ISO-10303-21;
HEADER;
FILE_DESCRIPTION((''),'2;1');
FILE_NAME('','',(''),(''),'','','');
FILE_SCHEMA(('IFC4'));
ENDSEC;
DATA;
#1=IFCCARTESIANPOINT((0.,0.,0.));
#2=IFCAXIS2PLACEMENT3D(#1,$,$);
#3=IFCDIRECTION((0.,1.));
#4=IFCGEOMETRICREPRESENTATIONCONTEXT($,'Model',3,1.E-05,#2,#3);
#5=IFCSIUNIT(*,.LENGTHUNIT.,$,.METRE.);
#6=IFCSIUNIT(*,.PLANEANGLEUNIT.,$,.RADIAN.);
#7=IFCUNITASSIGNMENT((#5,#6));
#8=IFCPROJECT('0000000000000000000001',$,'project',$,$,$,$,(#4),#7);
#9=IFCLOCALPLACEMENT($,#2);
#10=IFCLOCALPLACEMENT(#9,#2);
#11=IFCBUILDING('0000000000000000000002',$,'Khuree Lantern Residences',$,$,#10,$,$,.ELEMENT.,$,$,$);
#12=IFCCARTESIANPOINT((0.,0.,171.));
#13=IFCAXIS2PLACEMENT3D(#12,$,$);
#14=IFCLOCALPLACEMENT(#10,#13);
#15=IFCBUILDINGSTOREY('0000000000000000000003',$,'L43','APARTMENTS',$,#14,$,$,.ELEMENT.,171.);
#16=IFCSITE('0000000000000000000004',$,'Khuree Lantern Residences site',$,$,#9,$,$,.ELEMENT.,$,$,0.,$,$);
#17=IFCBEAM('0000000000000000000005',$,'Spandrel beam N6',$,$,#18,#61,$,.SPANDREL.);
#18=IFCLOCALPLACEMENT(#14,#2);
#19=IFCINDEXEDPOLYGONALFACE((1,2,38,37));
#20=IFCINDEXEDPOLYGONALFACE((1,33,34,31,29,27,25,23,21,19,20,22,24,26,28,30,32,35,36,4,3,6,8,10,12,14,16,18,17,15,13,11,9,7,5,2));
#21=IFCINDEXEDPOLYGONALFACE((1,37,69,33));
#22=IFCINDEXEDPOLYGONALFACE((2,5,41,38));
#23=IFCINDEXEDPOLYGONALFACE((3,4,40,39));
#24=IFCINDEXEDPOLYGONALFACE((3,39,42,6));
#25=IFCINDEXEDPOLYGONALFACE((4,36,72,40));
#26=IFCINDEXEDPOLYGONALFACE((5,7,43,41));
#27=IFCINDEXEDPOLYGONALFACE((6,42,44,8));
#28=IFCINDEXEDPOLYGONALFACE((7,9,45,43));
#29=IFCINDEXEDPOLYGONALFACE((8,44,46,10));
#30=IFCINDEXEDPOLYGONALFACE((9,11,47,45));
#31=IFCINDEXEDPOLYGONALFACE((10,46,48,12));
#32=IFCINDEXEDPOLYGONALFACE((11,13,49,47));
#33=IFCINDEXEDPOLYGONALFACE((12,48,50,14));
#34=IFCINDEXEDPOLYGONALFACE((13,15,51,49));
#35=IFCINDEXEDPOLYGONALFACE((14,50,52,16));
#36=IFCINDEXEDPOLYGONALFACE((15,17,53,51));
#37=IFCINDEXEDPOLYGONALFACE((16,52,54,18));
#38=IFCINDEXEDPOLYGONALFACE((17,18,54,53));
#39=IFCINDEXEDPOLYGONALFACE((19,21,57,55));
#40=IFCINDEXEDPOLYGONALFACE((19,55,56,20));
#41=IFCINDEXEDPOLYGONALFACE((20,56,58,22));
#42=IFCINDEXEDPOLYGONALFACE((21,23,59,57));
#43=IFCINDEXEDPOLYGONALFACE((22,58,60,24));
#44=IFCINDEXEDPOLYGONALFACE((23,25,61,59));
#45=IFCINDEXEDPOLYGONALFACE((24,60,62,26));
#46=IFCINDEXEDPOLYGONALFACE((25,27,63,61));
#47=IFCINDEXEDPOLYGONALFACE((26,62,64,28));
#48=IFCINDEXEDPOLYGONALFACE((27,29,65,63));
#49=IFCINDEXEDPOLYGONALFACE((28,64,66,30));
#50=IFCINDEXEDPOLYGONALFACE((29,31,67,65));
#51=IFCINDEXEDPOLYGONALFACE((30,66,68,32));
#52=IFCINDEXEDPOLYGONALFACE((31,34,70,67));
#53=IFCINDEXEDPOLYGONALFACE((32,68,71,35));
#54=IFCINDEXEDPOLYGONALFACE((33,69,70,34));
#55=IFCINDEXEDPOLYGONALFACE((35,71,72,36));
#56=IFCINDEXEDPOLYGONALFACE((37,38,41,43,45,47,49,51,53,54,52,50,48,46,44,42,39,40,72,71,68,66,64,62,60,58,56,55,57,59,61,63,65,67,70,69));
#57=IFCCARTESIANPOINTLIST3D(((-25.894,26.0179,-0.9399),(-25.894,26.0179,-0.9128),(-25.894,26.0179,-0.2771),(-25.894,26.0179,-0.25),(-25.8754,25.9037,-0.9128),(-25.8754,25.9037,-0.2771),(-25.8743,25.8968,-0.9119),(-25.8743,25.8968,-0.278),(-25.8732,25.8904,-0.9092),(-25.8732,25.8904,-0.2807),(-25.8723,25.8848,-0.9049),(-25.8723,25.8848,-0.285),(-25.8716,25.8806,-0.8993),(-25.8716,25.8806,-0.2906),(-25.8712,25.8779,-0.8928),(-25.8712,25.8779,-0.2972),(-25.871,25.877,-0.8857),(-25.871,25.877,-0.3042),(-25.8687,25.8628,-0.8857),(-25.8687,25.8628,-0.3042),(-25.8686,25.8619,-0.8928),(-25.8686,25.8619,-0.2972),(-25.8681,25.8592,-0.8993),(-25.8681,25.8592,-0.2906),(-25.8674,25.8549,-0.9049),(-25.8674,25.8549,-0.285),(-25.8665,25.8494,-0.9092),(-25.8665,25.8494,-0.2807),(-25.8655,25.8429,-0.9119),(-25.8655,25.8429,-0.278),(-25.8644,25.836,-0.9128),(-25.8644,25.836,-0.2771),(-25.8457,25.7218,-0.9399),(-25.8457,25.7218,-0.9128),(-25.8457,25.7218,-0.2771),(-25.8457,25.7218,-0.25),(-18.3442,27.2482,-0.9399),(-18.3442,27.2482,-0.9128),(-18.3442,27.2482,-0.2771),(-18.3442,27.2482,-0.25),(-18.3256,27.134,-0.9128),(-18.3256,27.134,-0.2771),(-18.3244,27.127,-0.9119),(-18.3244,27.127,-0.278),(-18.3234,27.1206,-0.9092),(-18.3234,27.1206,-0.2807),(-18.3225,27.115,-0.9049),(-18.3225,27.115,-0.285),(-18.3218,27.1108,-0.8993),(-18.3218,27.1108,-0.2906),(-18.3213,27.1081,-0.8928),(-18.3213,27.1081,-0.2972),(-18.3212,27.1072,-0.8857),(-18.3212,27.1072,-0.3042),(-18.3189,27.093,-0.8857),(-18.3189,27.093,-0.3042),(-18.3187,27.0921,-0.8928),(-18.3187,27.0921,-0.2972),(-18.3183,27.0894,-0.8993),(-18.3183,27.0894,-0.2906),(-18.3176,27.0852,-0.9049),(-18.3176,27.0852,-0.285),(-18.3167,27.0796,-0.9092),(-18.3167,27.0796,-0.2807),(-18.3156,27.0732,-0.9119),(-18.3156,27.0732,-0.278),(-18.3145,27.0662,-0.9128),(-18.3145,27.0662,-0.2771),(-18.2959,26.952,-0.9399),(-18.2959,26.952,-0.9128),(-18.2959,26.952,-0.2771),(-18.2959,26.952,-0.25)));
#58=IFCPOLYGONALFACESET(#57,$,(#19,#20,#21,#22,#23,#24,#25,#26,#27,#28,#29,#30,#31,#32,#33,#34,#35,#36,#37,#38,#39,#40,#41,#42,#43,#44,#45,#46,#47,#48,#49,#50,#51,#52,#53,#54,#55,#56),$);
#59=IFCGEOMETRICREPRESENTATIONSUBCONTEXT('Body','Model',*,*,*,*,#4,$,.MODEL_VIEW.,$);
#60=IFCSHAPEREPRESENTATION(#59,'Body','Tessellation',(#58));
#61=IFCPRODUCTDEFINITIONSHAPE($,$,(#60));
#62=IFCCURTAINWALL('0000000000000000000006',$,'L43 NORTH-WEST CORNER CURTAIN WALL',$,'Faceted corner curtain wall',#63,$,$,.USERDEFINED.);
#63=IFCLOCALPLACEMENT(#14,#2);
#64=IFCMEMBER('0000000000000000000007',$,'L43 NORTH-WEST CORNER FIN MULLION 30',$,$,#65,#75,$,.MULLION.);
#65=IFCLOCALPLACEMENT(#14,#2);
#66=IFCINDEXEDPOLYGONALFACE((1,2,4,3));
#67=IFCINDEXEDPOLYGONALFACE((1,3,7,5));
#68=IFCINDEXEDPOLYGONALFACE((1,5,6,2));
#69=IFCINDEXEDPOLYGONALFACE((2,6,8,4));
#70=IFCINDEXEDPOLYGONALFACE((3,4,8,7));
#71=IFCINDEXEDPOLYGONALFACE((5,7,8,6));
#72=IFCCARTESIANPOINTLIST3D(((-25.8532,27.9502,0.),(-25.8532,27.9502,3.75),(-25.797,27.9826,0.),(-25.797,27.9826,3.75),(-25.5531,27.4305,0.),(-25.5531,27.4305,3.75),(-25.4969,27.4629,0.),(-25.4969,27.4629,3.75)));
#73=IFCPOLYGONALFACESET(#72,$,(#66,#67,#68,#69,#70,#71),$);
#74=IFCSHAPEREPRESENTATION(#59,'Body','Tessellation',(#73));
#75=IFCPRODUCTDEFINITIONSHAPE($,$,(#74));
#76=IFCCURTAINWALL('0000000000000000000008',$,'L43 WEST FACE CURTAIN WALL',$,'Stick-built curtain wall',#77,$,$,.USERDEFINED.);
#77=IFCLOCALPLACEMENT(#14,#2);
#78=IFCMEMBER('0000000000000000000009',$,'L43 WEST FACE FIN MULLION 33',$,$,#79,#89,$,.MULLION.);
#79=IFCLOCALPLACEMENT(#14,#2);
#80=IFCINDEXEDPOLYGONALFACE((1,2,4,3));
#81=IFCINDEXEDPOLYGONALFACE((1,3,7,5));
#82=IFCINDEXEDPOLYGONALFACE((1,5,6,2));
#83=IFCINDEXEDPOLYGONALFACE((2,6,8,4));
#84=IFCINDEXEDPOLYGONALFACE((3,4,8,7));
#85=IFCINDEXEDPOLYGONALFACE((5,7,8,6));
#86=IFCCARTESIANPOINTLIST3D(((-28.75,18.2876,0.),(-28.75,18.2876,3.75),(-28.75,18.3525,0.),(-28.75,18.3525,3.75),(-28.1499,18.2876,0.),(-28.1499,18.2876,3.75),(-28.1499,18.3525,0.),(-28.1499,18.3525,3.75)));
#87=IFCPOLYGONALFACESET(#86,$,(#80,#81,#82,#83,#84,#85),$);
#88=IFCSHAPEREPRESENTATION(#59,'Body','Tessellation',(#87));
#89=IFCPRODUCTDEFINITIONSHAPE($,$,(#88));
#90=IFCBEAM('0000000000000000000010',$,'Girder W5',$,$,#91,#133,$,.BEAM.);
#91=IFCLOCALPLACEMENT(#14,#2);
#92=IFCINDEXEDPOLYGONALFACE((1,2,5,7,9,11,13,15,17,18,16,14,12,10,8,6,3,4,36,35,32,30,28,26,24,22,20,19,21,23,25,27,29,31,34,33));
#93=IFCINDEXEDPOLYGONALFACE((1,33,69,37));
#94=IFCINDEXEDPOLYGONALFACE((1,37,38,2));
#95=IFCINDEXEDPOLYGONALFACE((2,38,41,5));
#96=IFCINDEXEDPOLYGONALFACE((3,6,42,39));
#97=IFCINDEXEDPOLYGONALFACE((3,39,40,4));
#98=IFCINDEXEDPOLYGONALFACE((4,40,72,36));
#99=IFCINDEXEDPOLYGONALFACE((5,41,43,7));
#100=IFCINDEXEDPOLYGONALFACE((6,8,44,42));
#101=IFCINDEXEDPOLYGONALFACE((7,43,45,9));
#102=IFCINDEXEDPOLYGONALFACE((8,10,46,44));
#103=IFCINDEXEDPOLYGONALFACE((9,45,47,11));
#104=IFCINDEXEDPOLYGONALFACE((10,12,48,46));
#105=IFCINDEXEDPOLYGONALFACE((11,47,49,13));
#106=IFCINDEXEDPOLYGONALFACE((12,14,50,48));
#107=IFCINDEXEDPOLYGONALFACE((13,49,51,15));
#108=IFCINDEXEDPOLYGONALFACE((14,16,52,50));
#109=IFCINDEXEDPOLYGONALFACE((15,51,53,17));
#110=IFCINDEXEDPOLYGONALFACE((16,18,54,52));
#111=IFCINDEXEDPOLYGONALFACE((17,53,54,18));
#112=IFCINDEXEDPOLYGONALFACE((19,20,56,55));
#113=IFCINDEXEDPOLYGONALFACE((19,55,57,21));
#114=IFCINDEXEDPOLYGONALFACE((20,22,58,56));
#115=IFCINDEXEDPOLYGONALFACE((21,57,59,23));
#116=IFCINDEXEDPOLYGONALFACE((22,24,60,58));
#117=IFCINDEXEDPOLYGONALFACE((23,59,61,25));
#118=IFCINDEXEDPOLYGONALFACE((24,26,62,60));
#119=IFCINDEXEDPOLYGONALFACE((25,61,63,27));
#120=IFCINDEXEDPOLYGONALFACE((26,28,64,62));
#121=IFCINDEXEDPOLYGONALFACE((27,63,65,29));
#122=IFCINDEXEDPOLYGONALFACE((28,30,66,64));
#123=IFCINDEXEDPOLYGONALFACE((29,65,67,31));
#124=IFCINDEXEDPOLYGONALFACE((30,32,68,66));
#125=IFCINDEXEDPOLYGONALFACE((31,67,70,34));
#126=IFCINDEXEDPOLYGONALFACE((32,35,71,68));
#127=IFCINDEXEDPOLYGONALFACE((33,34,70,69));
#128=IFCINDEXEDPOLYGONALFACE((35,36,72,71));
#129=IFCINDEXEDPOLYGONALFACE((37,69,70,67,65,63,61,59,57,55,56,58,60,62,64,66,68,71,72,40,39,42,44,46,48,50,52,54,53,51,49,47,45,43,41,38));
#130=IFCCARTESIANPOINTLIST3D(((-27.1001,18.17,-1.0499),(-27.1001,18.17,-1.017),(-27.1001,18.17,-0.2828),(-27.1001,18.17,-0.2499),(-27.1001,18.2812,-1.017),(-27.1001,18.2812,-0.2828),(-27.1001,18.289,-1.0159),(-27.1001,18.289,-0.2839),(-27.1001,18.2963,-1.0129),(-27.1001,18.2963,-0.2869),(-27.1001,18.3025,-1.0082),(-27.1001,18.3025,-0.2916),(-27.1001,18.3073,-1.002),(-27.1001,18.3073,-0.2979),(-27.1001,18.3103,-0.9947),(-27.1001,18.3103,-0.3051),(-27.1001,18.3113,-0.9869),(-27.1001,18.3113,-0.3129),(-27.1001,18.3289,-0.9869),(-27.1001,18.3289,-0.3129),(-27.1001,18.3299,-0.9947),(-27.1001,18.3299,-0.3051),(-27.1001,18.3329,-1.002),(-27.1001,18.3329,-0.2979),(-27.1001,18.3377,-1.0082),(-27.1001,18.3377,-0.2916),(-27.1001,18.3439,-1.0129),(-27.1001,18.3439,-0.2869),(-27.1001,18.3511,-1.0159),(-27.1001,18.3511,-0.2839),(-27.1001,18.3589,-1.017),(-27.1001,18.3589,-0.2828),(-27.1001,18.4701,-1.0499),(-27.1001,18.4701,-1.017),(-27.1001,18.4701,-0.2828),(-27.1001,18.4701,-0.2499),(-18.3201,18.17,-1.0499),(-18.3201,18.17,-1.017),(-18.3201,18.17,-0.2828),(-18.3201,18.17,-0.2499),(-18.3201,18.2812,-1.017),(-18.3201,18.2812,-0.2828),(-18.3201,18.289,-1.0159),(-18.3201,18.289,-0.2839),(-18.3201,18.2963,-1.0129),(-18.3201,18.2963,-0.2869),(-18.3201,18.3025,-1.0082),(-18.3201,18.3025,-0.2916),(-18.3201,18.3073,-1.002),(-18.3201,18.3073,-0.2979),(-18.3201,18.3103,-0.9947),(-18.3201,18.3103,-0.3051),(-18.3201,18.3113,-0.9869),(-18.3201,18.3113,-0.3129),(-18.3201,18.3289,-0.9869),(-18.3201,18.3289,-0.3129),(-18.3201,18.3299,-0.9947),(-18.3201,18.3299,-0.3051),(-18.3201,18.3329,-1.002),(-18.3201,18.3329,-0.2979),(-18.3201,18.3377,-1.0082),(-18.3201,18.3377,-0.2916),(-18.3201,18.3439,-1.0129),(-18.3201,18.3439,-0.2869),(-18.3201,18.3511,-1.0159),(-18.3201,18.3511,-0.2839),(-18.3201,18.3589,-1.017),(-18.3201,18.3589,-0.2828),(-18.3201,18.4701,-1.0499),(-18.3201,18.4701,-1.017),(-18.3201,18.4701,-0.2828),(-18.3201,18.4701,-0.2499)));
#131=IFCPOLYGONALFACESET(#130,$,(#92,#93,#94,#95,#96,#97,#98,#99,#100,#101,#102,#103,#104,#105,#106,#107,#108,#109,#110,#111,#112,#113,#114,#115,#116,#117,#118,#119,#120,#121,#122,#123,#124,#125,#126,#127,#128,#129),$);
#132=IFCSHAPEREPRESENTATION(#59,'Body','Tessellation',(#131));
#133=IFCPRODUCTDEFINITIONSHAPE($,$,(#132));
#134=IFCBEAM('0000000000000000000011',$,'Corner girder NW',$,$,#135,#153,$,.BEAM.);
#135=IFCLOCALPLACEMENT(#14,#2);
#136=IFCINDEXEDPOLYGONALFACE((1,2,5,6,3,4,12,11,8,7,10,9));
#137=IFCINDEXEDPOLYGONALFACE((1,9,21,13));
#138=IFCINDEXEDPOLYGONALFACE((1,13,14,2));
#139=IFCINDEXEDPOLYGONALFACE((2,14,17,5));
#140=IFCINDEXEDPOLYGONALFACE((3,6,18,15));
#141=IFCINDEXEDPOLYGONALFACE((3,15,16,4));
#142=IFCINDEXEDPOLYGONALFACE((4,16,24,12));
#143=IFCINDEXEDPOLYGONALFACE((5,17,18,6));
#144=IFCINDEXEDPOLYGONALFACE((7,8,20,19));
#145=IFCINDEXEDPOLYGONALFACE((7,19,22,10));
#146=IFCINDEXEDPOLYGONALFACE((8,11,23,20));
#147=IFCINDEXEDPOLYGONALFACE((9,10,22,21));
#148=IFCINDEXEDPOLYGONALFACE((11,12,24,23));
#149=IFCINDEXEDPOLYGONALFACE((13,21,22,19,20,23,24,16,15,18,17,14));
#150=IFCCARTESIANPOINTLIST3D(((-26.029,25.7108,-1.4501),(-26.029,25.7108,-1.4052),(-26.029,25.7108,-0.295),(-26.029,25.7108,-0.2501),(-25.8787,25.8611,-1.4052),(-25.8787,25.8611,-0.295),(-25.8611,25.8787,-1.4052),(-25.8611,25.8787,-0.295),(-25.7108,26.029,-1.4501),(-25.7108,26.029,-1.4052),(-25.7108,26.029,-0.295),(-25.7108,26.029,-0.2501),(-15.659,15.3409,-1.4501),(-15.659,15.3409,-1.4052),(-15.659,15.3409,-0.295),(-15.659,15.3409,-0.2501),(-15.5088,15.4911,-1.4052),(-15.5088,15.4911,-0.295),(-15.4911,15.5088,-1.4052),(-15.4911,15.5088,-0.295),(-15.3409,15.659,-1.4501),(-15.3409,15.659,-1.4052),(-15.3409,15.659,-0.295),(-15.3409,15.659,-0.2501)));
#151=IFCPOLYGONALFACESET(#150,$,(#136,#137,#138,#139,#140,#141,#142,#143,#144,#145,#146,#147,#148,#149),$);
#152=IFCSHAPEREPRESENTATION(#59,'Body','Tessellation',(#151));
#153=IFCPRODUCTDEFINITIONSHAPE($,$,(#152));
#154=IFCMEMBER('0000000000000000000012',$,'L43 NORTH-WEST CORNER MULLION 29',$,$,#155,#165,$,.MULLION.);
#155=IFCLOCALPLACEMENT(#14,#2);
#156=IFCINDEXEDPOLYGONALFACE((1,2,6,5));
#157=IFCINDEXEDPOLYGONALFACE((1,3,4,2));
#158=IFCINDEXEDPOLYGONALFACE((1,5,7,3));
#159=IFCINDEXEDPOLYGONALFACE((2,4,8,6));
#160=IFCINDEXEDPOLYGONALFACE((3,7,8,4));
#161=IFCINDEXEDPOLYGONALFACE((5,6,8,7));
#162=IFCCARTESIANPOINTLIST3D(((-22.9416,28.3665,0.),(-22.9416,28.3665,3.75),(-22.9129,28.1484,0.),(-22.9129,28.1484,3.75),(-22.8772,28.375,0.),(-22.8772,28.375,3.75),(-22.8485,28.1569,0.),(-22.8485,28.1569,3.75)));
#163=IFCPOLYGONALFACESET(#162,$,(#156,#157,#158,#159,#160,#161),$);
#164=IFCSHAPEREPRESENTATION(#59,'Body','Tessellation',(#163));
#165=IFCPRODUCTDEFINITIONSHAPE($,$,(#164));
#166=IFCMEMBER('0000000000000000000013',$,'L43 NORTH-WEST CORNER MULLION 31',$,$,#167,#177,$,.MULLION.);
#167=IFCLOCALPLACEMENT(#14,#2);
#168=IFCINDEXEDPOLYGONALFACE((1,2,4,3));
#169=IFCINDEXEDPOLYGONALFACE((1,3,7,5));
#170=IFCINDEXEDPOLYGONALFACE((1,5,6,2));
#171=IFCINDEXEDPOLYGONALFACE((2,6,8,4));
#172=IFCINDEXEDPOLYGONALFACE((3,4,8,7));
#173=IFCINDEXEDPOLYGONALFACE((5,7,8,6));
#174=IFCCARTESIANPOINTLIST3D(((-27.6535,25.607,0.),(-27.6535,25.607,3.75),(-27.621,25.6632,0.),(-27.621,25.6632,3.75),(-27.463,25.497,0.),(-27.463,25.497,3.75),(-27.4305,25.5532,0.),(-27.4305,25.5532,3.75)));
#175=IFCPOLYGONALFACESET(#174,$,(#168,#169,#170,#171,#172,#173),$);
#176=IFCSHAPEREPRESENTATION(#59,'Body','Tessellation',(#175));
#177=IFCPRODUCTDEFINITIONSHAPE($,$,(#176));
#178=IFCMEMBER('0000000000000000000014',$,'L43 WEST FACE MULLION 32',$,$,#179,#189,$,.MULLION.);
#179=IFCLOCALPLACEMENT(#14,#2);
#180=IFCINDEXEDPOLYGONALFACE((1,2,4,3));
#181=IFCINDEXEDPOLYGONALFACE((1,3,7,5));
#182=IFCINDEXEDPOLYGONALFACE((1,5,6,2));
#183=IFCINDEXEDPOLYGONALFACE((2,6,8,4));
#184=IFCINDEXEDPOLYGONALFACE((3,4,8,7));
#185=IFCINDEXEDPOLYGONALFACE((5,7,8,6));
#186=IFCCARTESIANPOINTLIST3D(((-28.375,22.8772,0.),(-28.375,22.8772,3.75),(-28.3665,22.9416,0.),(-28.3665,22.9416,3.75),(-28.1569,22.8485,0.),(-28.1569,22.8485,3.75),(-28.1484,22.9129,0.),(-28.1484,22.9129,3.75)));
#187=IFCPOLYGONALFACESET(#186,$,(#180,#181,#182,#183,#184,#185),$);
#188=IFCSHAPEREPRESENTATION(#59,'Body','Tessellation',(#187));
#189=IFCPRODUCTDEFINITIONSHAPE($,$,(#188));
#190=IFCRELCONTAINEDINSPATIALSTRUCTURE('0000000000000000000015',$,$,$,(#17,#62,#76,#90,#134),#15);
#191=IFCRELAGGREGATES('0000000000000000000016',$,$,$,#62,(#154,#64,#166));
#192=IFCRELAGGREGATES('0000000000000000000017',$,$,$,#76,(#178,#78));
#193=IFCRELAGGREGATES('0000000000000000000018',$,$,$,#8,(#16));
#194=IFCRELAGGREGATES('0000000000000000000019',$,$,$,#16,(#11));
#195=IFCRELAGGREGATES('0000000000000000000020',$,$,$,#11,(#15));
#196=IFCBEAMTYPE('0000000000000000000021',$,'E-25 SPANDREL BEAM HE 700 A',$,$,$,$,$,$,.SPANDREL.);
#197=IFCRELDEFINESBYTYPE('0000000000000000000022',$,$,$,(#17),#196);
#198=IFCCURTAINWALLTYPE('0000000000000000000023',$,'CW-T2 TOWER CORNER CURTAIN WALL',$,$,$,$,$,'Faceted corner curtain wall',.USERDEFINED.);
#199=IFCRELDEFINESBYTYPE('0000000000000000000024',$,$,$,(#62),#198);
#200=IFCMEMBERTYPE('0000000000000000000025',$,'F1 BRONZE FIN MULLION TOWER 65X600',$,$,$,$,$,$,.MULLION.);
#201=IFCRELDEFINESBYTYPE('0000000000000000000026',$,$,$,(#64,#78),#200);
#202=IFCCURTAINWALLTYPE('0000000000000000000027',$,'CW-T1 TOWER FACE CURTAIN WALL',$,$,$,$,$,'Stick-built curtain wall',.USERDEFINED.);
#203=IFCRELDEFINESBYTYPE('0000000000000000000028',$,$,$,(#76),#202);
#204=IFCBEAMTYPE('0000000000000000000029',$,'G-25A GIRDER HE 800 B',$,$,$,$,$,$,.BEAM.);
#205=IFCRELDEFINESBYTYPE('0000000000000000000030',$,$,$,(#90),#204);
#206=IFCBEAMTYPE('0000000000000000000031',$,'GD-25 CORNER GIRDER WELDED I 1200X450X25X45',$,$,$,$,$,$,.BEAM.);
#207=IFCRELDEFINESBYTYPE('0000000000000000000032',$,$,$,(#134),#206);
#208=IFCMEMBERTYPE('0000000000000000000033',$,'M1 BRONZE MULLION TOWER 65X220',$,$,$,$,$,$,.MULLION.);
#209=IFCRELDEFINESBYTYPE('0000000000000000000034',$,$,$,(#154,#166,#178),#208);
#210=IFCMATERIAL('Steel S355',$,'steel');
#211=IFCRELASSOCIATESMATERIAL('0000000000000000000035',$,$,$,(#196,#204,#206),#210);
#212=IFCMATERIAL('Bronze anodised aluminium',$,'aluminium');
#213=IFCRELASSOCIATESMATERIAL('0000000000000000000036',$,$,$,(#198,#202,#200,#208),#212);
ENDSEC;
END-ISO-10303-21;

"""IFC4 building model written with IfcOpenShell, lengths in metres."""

from ifc_helpers import new_model, si_unit, direction, frame, origin, origin_2d, place, context, subcontext, project, spatial, rectangle, i_section, extrude, material, material_profile, profile_set, type_object, element, aggregate, save


model = new_model("IFC4")

# Units and contexts
model_context = context("Model", 3, precision=1e-05, world=origin(), true_north=direction((0.0, 1.0)))
body_context = subcontext(model_context, "Body", "Model", "MODEL_VIEW")
ifc_project = project(units=[si_unit("LENGTHUNIT", "METRE"), si_unit("PLANEANGLEUNIT", "RADIAN")], contexts=[model_context])

# Site, building, storey
site_placement = place(None, origin())
site = spatial("IfcSite", under=ifc_project, at=site_placement, Name="Khuree Lantern Residences site", CompositionType="ELEMENT", RefElevation=0.0)
building_placement = place(site_placement, origin())
building = spatial("IfcBuilding", under=site, at=building_placement, Name="Khuree Lantern Residences", CompositionType="ELEMENT")
storey_placement = place(building_placement, frame((0.0, 0.0, 171.0)))
storey = spatial("IfcBuildingStorey", under=building, at=storey_placement, Name="L43", Description="APARTMENTS", CompositionType="ELEMENT", Elevation=171.0)

# Beam
ifc_material_1 = material(Name="Steel S355", Category="steel")
ifc_material_profile_1 = material_profile(ifc_material_1, i_section(OverallWidth=0.3, OverallDepth=0.6899, WebThickness=0.0144, FlangeThickness=0.0271, FilletRadius=0.0271, at=origin_2d()), Name="HE 700 A")
ifc_profile_set_1 = profile_set([ifc_material_profile_1], Name="Steel S355")
beam_type_1 = type_object("IfcBeamType", Name="E-25 SPANDREL BEAM HE 700 A", PredefinedType="SPANDREL", material=ifc_profile_set_1)
for number, where, z_axis, x_axis, name in (
    (1, (-25.8699, 25.8699, -0.595), (0.986983, 0.160827, 0.0), (-0.160827, 0.986983, 0.0), "Spandrel beam N6"),
):
    element("IfcBeam", number, at=place(storey_placement, frame(where, z_axis=z_axis, x_axis=x_axis)), inside=storey, type_object=beam_type_1, Name=name, PredefinedType="SPANDREL", context=body_context, shape_type="SweptSolid", body=[
        extrude(i_section(OverallWidth=0.3, OverallDepth=0.6899, WebThickness=0.0144, FlangeThickness=0.0271, FilletRadius=0.0271, at=origin_2d()), origin(), (0.0, 0.0, 1.0), 7.6494),
    ])

# Curtain walls, members
ifc_material_2 = material(Name="Bronze anodised aluminium", Category="aluminium")
curtain_wall_type_1 = type_object("IfcCurtainWallType", Name="CW-T2 TOWER CORNER CURTAIN WALL", ElementType="Faceted corner curtain wall", PredefinedType="USERDEFINED", material=ifc_material_2)
curtain_wall_1_placement = place(storey_placement, origin())
curtain_wall_1 = element("IfcCurtainWall", 2, at=curtain_wall_1_placement, inside=storey, type_object=curtain_wall_type_1, Name="L43 NORTH-WEST CORNER CURTAIN WALL", ObjectType="Faceted corner curtain wall", PredefinedType="USERDEFINED")
ifc_material_profile_2 = material_profile(ifc_material_2, rectangle(XDim=0.0649, YDim=0.6001, at=origin_2d()), Name="F1 65X600")
ifc_profile_set_2 = profile_set([ifc_material_profile_2], Name="Bronze anodised aluminium")
member_type_1 = type_object("IfcMemberType", Name="F1 BRONZE FIN MULLION TOWER 65X600", PredefinedType="MULLION", material=ifc_profile_set_2)
member_1_placement = place(storey_placement, frame((-25.675, 27.7065, 0.0), z_axis=(0.0, 0.0, 1.0), x_axis=(-0.866025, -0.5, 0.0)))
member_1 = element("IfcMember", 3, at=member_1_placement, type_object=member_type_1, Name="L43 NORTH-WEST CORNER FIN MULLION 30", PredefinedType="MULLION", context=body_context, shape_type="SweptSolid", body=[
    extrude(rectangle(XDim=0.0649, YDim=0.6001, at=origin_2d()), origin(), (0.0, 0.0, 1.0), 3.75),
])
curtain_wall_type_2 = type_object("IfcCurtainWallType", Name="CW-T1 TOWER FACE CURTAIN WALL", ElementType="Stick-built curtain wall", PredefinedType="USERDEFINED", material=ifc_material_2)
curtain_wall_2_placement = place(storey_placement, origin())
curtain_wall_2 = element("IfcCurtainWall", 4, at=curtain_wall_2_placement, inside=storey, type_object=curtain_wall_type_2, Name="L43 WEST FACE CURTAIN WALL", ObjectType="Stick-built curtain wall", PredefinedType="USERDEFINED")
member_2_placement = place(storey_placement, frame((-28.45, 18.3201, 0.0), z_axis=(0.0, 0.0, 1.0), x_axis=(0.0, -1.0, 0.0)))
member_2 = element("IfcMember", 5, at=member_2_placement, type_object=member_type_1, Name="L43 WEST FACE FIN MULLION 33", PredefinedType="MULLION", context=body_context, shape_type="SweptSolid", body=[
    extrude(rectangle(XDim=0.0649, YDim=0.6001, at=origin_2d()), origin(), (0.0, 0.0, 1.0), 3.75),
])

# Beams
ifc_material_profile_3 = material_profile(ifc_material_1, i_section(OverallWidth=0.3, OverallDepth=0.8, WebThickness=0.0176, FlangeThickness=0.033, FilletRadius=0.03, at=origin_2d()), Name="HE 800 B")
ifc_profile_set_3 = profile_set([ifc_material_profile_3], Name="Steel S355")
beam_type_2 = type_object("IfcBeamType", Name="G-25A GIRDER HE 800 B", PredefinedType="BEAM", material=ifc_profile_set_3)
beam_1_placement = place(storey_placement, frame((-27.1001, 18.3201, -0.6499), z_axis=(1.0, 0.0, 0.0), x_axis=(0.0, 1.0, 0.0)))
element("IfcBeam", 6, at=beam_1_placement, inside=storey, type_object=beam_type_2, Name="Girder W5", PredefinedType="BEAM", context=body_context, shape_type="SweptSolid", body=[
    extrude(i_section(OverallWidth=0.3, OverallDepth=0.8, WebThickness=0.0176, FlangeThickness=0.033, FilletRadius=0.03, at=origin_2d()), origin(), (0.0, 0.0, 1.0), 8.78),
])
ifc_material_profile_4 = material_profile(ifc_material_1, i_section(OverallWidth=0.45, OverallDepth=1.2, WebThickness=0.0249, FlangeThickness=0.0449, at=origin_2d()), Name="WELDED I 1200X450X25X45")
ifc_profile_set_4 = profile_set([ifc_material_profile_4], Name="Steel S355")
beam_type_3 = type_object("IfcBeamType", Name="GD-25 CORNER GIRDER WELDED I 1200X450X25X45", PredefinedType="BEAM", material=ifc_profile_set_4)
beam_2_placement = place(storey_placement, frame((-25.8699, 25.8699, -0.8501), z_axis=(0.707107, -0.707107, 0.0), x_axis=(0.707107, 0.707107, 0.0)))
element("IfcBeam", 7, at=beam_2_placement, inside=storey, type_object=beam_type_3, Name="Corner girder NW", PredefinedType="BEAM", context=body_context, shape_type="SweptSolid", body=[
    extrude(i_section(OverallWidth=0.45, OverallDepth=1.2, WebThickness=0.0249, FlangeThickness=0.0449, at=origin_2d()), origin(), (0.0, 0.0, 1.0), 14.6653),
])

# Members
ifc_material_profile_5 = material_profile(ifc_material_2, rectangle(XDim=0.0649, YDim=0.22, at=origin_2d()), Name="M1 65X220")
ifc_profile_set_5 = profile_set([ifc_material_profile_5], Name="Bronze anodised aluminium")
member_type_2 = type_object("IfcMemberType", Name="M1 BRONZE MULLION TOWER 65X220", PredefinedType="MULLION", material=ifc_profile_set_5)
member_3_placement = place(storey_placement, frame((-22.895, 28.2617, 0.0), z_axis=(0.0, 0.0, 1.0), x_axis=(-0.991445, -0.130526, 0.0)))
member_3 = element("IfcMember", 8, at=member_3_placement, type_object=member_type_2, Name="L43 NORTH-WEST CORNER MULLION 29", PredefinedType="MULLION", context=body_context, shape_type="SweptSolid", body=[
    extrude(rectangle(XDim=0.0649, YDim=0.22, at=origin_2d()), origin(), (0.0, 0.0, 1.0), 3.75),
])
member_4_placement = place(storey_placement, frame((-27.542, 25.5801, 0.0), z_axis=(0.0, 0.0, 1.0), x_axis=(-0.5, -0.866025, 0.0)))
member_4 = element("IfcMember", 9, at=member_4_placement, type_object=member_type_2, Name="L43 NORTH-WEST CORNER MULLION 31", PredefinedType="MULLION", context=body_context, shape_type="SweptSolid", body=[
    extrude(rectangle(XDim=0.0649, YDim=0.22, at=origin_2d()), origin(), (0.0, 0.0, 1.0), 3.75),
])
member_5_placement = place(storey_placement, frame((-28.2617, 22.895, 0.0), z_axis=(0.0, 0.0, 1.0), x_axis=(-0.130526, -0.991445, 0.0)))
member_5 = element("IfcMember", 10, at=member_5_placement, type_object=member_type_2, Name="L43 WEST FACE MULLION 32", PredefinedType="MULLION", context=body_context, shape_type="SweptSolid", body=[
    extrude(rectangle(XDim=0.0649, YDim=0.22, at=origin_2d()), origin(), (0.0, 0.0, 1.0), 3.75),
])

aggregate(curtain_wall_1, [member_3, member_1, member_4])

aggregate(curtain_wall_2, [member_5, member_2])

save(model, "model.ifc")
